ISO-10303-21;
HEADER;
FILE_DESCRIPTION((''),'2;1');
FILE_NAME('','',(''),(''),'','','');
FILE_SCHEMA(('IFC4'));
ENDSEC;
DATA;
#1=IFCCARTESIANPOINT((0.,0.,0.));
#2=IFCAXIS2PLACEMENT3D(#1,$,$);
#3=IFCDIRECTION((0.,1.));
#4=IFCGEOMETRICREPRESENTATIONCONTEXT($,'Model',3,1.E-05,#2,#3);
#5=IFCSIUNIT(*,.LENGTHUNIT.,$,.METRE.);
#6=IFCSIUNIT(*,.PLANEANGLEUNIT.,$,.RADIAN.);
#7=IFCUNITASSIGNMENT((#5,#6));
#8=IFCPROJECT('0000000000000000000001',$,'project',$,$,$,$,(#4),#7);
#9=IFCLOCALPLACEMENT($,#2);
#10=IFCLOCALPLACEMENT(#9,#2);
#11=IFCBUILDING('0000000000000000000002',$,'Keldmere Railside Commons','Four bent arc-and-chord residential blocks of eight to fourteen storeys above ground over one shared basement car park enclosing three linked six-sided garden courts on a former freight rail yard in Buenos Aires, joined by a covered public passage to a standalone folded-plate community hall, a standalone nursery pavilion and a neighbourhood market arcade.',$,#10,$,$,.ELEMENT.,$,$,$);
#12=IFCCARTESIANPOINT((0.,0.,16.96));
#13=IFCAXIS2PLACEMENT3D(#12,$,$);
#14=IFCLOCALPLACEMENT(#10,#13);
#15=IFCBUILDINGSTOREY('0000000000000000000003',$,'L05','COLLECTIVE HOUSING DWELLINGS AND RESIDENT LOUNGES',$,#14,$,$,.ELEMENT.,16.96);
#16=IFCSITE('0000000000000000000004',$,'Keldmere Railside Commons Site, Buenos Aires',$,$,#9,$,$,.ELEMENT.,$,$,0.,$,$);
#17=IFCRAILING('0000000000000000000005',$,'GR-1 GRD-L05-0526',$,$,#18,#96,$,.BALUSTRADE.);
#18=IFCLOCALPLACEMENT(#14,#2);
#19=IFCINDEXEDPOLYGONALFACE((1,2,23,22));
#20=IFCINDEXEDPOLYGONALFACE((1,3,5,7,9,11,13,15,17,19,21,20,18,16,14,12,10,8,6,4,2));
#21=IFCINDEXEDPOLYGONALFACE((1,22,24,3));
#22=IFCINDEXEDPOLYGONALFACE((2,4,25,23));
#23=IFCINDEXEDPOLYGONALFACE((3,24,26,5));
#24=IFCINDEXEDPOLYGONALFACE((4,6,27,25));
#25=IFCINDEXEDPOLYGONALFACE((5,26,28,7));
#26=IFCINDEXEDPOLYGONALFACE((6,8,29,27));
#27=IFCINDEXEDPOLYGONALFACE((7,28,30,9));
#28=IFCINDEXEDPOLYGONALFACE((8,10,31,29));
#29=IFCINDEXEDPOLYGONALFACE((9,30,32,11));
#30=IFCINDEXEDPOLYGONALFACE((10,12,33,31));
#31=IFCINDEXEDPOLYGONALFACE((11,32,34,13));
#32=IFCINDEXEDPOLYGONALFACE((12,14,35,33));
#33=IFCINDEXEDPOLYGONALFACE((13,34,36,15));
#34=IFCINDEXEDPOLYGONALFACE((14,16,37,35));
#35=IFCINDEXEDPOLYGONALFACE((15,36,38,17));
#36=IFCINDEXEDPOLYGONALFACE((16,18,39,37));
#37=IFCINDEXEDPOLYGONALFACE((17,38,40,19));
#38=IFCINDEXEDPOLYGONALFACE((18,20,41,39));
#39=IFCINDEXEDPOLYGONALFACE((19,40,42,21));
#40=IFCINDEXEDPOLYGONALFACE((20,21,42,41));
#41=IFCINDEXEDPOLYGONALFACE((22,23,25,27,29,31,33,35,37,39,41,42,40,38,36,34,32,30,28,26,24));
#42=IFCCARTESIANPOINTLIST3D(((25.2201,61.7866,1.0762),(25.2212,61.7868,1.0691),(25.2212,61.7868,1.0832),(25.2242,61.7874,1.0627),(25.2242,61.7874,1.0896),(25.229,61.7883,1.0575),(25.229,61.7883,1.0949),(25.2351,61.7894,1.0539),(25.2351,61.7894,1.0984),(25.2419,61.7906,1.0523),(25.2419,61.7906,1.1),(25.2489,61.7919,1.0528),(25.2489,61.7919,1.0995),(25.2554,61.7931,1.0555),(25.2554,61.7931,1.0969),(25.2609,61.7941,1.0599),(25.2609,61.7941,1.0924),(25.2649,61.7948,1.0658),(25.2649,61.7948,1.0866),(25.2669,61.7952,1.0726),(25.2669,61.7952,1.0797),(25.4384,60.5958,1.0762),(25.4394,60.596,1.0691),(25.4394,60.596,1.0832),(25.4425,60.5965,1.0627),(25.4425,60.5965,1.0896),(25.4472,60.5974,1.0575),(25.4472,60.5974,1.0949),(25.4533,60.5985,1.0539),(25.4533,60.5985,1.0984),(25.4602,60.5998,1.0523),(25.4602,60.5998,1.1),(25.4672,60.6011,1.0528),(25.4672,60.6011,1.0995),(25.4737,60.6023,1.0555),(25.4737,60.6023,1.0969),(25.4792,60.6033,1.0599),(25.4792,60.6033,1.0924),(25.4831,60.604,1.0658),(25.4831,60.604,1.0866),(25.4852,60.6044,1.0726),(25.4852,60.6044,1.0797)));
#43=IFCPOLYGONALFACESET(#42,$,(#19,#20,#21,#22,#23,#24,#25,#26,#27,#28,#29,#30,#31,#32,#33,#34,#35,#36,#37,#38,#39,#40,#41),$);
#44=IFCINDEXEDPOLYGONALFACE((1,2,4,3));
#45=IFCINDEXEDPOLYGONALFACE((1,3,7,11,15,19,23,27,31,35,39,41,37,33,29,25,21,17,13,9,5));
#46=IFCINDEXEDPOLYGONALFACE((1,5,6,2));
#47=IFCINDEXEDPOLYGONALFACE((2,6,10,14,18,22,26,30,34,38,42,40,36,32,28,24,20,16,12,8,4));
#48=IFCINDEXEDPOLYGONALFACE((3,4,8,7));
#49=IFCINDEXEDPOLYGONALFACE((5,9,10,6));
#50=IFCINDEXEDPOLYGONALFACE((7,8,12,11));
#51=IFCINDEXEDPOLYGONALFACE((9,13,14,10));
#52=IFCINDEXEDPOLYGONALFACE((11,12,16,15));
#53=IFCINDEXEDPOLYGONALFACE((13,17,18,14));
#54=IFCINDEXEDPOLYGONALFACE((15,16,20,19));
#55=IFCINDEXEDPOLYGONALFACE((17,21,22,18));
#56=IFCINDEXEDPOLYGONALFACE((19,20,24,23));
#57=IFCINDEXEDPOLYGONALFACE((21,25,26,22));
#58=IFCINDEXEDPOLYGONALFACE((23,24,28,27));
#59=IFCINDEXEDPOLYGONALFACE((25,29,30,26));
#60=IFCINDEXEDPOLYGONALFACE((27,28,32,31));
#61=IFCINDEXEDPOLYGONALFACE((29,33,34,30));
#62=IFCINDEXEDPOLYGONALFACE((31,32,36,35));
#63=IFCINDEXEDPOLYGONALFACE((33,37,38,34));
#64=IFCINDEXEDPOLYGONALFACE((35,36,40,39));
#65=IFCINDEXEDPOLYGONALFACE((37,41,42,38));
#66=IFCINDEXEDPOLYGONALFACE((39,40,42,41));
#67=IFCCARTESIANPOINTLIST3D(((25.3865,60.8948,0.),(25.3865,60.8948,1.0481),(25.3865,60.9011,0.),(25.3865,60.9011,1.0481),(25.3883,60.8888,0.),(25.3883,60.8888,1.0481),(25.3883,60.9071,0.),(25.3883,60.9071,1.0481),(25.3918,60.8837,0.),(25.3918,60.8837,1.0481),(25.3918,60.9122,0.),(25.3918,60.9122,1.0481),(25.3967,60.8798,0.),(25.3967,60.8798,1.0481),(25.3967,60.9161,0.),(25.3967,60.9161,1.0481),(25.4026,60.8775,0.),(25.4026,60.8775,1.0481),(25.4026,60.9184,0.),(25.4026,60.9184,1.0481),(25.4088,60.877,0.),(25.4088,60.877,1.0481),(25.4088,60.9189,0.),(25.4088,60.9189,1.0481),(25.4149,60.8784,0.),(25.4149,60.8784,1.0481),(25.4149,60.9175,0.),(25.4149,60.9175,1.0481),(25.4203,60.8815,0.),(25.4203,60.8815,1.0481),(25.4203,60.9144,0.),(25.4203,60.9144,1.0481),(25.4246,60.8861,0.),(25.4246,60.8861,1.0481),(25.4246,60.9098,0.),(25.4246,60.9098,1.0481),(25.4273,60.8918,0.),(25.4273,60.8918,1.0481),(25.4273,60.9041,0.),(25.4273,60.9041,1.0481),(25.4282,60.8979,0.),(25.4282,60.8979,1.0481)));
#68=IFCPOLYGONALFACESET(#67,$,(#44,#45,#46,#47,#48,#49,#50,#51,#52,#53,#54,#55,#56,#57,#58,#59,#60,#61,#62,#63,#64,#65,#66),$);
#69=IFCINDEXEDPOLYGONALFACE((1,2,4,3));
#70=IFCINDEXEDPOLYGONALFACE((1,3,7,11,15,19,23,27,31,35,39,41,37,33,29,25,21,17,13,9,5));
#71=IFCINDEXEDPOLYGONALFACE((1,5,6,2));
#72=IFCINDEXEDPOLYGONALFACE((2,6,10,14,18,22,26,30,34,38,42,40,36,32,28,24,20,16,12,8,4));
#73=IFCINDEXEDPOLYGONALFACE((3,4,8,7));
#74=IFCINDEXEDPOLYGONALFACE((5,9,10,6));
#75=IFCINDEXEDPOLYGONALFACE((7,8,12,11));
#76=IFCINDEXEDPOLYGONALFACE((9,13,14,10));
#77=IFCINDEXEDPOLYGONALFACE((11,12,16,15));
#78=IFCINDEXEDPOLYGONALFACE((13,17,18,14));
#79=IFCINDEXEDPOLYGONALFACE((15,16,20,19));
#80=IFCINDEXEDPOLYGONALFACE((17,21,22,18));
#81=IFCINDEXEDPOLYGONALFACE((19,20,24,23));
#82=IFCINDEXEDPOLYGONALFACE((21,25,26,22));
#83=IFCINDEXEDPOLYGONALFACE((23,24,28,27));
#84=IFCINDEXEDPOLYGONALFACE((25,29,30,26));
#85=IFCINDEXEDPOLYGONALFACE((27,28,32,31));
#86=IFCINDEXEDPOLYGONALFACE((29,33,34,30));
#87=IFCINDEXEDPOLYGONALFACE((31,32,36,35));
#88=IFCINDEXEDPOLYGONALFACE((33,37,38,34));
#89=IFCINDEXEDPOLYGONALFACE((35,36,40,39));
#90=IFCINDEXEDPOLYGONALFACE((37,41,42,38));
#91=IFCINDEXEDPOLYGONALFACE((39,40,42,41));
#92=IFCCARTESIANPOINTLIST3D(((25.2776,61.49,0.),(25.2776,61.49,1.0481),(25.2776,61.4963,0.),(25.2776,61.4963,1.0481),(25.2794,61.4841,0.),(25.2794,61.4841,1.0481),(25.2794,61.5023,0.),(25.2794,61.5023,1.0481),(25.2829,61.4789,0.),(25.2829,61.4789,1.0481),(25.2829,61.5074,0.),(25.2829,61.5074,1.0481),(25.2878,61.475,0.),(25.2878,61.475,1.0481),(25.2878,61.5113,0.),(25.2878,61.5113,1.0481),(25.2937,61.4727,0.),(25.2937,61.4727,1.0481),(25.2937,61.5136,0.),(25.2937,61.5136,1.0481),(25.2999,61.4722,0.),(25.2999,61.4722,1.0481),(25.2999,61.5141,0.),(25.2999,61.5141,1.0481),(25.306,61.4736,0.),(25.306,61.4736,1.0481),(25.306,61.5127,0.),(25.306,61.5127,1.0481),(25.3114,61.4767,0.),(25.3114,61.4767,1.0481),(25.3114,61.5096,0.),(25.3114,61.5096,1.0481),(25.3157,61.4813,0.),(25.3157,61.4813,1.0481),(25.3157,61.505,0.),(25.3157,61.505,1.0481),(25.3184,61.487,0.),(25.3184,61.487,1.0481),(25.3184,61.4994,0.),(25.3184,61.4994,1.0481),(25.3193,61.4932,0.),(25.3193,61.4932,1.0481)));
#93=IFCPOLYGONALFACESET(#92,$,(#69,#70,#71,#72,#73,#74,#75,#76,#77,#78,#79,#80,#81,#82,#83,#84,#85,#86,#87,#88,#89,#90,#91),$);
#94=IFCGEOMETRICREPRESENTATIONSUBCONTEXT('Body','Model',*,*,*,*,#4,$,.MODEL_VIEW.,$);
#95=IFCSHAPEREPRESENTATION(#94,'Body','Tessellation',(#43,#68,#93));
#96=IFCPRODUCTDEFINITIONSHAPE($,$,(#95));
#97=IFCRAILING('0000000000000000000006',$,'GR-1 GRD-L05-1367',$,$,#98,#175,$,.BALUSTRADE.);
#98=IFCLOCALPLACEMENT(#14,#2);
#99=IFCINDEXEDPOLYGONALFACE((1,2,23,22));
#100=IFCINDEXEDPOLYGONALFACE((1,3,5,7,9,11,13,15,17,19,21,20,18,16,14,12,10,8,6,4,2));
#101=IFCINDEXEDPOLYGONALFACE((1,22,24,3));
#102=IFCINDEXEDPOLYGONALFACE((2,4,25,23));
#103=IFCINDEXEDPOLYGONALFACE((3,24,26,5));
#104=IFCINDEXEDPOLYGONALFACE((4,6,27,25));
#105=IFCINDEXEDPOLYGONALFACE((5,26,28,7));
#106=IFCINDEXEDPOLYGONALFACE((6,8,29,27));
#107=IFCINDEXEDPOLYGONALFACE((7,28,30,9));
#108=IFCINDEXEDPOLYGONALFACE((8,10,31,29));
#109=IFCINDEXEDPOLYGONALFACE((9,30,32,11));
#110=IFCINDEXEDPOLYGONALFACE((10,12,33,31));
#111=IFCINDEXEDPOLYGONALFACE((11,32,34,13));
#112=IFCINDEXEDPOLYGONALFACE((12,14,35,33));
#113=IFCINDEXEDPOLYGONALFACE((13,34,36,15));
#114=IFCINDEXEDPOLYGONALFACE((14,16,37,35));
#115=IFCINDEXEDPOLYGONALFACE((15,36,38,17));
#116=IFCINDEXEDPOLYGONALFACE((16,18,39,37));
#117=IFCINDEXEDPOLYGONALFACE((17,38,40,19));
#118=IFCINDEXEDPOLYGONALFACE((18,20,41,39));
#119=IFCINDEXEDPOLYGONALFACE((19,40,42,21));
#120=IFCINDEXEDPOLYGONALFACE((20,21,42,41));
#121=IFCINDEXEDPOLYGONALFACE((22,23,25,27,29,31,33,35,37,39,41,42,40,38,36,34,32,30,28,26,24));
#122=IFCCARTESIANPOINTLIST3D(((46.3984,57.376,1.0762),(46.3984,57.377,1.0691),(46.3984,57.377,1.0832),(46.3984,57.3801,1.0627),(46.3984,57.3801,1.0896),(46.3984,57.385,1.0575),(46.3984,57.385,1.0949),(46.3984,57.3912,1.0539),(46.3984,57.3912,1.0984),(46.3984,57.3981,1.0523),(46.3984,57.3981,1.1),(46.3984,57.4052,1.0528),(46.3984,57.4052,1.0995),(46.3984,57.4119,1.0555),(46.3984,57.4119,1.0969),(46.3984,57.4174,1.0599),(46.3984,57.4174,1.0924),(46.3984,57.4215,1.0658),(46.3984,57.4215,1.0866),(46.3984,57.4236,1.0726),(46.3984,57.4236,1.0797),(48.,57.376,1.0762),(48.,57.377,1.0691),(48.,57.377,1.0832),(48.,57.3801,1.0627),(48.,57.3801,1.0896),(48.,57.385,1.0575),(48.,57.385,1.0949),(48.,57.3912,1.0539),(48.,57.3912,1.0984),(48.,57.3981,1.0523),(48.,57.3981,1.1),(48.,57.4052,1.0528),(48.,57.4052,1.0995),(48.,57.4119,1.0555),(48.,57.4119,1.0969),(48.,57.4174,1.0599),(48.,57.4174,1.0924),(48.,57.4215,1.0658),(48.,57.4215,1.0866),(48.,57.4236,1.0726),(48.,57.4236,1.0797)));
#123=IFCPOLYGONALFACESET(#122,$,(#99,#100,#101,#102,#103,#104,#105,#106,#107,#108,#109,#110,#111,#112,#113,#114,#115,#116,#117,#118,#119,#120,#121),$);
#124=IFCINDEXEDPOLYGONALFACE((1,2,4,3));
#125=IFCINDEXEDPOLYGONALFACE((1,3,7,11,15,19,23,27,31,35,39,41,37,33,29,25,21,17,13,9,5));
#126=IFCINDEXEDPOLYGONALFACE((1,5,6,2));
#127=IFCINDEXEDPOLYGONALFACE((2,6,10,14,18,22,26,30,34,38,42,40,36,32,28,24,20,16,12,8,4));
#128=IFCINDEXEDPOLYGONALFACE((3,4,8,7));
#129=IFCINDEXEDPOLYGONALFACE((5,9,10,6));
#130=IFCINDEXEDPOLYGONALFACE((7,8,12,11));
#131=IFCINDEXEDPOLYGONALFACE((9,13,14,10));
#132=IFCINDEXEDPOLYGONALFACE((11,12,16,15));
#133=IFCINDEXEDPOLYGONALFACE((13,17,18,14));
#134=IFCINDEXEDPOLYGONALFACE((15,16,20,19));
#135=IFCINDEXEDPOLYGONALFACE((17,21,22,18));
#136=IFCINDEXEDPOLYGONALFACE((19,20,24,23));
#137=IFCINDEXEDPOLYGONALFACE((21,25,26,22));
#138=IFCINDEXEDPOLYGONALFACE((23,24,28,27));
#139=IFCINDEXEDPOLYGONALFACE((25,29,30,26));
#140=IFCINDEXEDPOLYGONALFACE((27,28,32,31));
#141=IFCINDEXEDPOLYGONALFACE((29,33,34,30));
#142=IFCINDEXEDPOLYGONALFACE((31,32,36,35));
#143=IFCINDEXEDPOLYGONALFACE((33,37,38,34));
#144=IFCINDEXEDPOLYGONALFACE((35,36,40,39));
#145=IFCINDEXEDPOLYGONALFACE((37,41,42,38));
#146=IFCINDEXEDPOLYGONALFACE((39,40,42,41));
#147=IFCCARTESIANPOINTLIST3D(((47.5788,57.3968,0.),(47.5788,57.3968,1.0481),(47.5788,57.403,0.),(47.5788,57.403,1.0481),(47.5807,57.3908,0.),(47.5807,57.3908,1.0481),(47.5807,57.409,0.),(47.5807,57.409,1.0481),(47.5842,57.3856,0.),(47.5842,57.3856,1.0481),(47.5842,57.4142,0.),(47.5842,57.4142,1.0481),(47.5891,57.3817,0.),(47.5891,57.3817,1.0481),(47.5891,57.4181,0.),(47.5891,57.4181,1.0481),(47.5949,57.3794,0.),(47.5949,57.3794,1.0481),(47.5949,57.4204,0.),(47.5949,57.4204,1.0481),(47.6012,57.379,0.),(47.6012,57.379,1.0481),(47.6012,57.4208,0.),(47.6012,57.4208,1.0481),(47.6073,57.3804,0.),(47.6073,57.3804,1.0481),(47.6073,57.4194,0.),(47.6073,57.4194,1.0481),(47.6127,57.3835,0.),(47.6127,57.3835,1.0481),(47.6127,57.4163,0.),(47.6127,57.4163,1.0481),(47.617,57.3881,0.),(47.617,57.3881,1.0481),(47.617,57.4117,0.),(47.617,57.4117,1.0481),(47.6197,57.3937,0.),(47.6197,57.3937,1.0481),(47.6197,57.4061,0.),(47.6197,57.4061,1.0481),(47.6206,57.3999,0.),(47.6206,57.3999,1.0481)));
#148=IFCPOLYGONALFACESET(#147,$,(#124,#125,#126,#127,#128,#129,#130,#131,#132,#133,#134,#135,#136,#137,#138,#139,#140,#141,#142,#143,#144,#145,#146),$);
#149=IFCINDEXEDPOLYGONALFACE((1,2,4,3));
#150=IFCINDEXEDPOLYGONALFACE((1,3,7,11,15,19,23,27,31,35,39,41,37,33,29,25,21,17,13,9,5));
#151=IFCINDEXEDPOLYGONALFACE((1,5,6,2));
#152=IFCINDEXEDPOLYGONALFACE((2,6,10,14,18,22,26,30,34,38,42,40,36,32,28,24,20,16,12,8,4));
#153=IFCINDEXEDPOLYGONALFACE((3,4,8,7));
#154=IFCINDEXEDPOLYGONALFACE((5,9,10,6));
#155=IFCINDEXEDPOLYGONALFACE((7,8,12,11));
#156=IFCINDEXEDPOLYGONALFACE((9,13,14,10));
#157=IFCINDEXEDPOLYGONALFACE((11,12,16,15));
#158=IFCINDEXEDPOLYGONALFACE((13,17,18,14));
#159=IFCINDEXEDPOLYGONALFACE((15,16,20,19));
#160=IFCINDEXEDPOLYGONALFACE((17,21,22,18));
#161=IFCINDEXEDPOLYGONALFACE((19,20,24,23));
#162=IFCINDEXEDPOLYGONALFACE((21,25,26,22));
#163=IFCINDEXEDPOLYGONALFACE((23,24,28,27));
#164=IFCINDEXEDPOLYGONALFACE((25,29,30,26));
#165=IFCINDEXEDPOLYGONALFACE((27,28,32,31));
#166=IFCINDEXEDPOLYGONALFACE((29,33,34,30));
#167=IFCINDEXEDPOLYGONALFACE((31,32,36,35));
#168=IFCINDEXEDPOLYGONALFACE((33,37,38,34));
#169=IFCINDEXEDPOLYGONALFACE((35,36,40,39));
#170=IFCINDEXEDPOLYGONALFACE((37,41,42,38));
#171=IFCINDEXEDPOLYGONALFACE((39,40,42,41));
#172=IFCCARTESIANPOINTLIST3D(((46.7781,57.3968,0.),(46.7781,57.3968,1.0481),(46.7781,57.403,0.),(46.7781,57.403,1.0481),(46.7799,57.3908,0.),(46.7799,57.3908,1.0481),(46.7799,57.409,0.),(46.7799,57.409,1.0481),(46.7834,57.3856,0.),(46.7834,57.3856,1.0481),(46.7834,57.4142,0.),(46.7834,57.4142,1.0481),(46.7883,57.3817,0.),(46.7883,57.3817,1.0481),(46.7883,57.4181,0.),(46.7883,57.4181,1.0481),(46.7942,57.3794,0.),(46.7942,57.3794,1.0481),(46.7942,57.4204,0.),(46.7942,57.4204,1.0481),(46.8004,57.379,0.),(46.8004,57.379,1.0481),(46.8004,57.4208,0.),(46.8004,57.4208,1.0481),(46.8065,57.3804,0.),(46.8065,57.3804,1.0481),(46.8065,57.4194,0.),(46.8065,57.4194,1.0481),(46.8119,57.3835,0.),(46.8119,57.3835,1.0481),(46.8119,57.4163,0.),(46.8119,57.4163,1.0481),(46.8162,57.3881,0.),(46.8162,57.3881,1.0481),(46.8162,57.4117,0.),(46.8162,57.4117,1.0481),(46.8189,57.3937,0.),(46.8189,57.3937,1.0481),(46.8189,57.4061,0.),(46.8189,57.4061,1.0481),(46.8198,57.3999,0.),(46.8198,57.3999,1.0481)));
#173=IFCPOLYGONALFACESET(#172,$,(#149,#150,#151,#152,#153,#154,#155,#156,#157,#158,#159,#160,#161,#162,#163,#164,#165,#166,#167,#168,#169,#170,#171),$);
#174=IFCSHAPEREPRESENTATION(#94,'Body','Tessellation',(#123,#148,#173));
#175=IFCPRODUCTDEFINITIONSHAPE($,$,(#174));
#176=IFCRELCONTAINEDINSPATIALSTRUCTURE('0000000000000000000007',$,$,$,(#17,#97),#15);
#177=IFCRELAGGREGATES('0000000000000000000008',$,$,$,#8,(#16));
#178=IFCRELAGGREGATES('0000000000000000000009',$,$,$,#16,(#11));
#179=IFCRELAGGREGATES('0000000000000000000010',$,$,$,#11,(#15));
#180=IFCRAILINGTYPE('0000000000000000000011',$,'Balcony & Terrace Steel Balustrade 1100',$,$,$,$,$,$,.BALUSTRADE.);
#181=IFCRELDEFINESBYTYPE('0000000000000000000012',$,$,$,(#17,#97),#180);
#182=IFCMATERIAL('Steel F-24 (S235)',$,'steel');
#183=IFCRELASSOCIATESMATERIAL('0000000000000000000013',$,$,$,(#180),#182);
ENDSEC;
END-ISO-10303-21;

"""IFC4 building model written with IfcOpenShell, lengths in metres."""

from ifc_helpers import new_model, si_unit, direction, frame, origin, origin_2d, place, context, subcontext, project, spatial, circle, extrude, material, type_object, element, save


model = new_model("IFC4")

# Units and contexts
model_context = context("Model", 3, precision=1e-05, world=origin(), true_north=direction((0.0, 1.0)))
body_context = subcontext(model_context, "Body", "Model", "MODEL_VIEW")
ifc_project = project(units=[si_unit("LENGTHUNIT", "METRE"), si_unit("PLANEANGLEUNIT", "RADIAN")], contexts=[model_context])

# Site, building, storey
site_placement = place(None, origin())
site = spatial("IfcSite", under=ifc_project, at=site_placement, Name="Keldmere Railside Commons Site, Buenos Aires", CompositionType="ELEMENT", RefElevation=0.0)
building_placement = place(site_placement, origin())
building = spatial("IfcBuilding", under=site, at=building_placement, Name="Keldmere Railside Commons", Description="Four bent arc-and-chord residential blocks of eight to fourteen storeys above ground over one shared basement car park enclosing three linked six-sided garden courts on a former freight rail yard in Buenos Aires, joined by a covered public passage to a standalone folded-plate community hall, a standalone nursery pavilion and a neighbourhood market arcade.", CompositionType="ELEMENT")
storey_placement = place(building_placement, frame((0.0, 0.0, 16.96)))
storey = spatial("IfcBuildingStorey", under=building, at=storey_placement, Name="L05", Description="COLLECTIVE HOUSING DWELLINGS AND RESIDENT LOUNGES", CompositionType="ELEMENT", Elevation=16.96)

# Railings
ifc_material_1 = material(Name="Steel F-24 (S235)", Category="steel")
railing_type = type_object("IfcRailingType", Name="Balcony & Terrace Steel Balustrade 1100", PredefinedType="BALUSTRADE", material=ifc_material_1)
railing_1_placement = place(storey_placement, frame((25.4619, 60.6001, 0.0)))
element("IfcRailing", 1, at=railing_1_placement, inside=storey, type_object=railing_type, Name="GR-1 GRD-L05-0526", PredefinedType="BALUSTRADE", context=body_context, shape_type="SweptSolid", body=[
    extrude(circle(Radius=0.0239, at=origin_2d()), frame((0.0, 0.0, 1.0762), z_axis=(-0.180269, 0.983617, 0.0), x_axis=(-0.983617, -0.180269, 0.0)), (0.0, 0.0, 1.0), 1.2107),
    extrude(circle(Radius=0.021, at=origin_2d()), frame((-0.0547, 0.2979, 0.0)), (0.0, 0.0, 1.0), 1.0481),
    extrude(circle(Radius=0.021, at=origin_2d()), frame((-0.1636, 0.8931, 0.0)), (0.0, 0.0, 1.0), 1.0481),
])
railing_2_placement = place(storey_placement, frame((48.0, 57.3999, 0.0)))
element("IfcRailing", 2, at=railing_2_placement, inside=storey, type_object=railing_type, Name="GR-1 GRD-L05-1367", PredefinedType="BALUSTRADE", context=body_context, shape_type="SweptSolid", body=[
    extrude(circle(Radius=0.0239, at=origin_2d()), frame((0.0, 0.0, 1.0762), z_axis=(-1.0, 0.0, 0.0), x_axis=(0.0, -1.0, 0.0)), (0.0, 0.0, 1.0), 1.6016),
    extrude(circle(Radius=0.021, at=origin_2d()), frame((-0.4004, 0.0, 0.0)), (0.0, 0.0, 1.0), 1.0481),
    extrude(circle(Radius=0.021, at=origin_2d()), frame((-1.2012, 0.0, 0.0)), (0.0, 0.0, 1.0), 1.0481),
])

save(model, "model.ifc")
